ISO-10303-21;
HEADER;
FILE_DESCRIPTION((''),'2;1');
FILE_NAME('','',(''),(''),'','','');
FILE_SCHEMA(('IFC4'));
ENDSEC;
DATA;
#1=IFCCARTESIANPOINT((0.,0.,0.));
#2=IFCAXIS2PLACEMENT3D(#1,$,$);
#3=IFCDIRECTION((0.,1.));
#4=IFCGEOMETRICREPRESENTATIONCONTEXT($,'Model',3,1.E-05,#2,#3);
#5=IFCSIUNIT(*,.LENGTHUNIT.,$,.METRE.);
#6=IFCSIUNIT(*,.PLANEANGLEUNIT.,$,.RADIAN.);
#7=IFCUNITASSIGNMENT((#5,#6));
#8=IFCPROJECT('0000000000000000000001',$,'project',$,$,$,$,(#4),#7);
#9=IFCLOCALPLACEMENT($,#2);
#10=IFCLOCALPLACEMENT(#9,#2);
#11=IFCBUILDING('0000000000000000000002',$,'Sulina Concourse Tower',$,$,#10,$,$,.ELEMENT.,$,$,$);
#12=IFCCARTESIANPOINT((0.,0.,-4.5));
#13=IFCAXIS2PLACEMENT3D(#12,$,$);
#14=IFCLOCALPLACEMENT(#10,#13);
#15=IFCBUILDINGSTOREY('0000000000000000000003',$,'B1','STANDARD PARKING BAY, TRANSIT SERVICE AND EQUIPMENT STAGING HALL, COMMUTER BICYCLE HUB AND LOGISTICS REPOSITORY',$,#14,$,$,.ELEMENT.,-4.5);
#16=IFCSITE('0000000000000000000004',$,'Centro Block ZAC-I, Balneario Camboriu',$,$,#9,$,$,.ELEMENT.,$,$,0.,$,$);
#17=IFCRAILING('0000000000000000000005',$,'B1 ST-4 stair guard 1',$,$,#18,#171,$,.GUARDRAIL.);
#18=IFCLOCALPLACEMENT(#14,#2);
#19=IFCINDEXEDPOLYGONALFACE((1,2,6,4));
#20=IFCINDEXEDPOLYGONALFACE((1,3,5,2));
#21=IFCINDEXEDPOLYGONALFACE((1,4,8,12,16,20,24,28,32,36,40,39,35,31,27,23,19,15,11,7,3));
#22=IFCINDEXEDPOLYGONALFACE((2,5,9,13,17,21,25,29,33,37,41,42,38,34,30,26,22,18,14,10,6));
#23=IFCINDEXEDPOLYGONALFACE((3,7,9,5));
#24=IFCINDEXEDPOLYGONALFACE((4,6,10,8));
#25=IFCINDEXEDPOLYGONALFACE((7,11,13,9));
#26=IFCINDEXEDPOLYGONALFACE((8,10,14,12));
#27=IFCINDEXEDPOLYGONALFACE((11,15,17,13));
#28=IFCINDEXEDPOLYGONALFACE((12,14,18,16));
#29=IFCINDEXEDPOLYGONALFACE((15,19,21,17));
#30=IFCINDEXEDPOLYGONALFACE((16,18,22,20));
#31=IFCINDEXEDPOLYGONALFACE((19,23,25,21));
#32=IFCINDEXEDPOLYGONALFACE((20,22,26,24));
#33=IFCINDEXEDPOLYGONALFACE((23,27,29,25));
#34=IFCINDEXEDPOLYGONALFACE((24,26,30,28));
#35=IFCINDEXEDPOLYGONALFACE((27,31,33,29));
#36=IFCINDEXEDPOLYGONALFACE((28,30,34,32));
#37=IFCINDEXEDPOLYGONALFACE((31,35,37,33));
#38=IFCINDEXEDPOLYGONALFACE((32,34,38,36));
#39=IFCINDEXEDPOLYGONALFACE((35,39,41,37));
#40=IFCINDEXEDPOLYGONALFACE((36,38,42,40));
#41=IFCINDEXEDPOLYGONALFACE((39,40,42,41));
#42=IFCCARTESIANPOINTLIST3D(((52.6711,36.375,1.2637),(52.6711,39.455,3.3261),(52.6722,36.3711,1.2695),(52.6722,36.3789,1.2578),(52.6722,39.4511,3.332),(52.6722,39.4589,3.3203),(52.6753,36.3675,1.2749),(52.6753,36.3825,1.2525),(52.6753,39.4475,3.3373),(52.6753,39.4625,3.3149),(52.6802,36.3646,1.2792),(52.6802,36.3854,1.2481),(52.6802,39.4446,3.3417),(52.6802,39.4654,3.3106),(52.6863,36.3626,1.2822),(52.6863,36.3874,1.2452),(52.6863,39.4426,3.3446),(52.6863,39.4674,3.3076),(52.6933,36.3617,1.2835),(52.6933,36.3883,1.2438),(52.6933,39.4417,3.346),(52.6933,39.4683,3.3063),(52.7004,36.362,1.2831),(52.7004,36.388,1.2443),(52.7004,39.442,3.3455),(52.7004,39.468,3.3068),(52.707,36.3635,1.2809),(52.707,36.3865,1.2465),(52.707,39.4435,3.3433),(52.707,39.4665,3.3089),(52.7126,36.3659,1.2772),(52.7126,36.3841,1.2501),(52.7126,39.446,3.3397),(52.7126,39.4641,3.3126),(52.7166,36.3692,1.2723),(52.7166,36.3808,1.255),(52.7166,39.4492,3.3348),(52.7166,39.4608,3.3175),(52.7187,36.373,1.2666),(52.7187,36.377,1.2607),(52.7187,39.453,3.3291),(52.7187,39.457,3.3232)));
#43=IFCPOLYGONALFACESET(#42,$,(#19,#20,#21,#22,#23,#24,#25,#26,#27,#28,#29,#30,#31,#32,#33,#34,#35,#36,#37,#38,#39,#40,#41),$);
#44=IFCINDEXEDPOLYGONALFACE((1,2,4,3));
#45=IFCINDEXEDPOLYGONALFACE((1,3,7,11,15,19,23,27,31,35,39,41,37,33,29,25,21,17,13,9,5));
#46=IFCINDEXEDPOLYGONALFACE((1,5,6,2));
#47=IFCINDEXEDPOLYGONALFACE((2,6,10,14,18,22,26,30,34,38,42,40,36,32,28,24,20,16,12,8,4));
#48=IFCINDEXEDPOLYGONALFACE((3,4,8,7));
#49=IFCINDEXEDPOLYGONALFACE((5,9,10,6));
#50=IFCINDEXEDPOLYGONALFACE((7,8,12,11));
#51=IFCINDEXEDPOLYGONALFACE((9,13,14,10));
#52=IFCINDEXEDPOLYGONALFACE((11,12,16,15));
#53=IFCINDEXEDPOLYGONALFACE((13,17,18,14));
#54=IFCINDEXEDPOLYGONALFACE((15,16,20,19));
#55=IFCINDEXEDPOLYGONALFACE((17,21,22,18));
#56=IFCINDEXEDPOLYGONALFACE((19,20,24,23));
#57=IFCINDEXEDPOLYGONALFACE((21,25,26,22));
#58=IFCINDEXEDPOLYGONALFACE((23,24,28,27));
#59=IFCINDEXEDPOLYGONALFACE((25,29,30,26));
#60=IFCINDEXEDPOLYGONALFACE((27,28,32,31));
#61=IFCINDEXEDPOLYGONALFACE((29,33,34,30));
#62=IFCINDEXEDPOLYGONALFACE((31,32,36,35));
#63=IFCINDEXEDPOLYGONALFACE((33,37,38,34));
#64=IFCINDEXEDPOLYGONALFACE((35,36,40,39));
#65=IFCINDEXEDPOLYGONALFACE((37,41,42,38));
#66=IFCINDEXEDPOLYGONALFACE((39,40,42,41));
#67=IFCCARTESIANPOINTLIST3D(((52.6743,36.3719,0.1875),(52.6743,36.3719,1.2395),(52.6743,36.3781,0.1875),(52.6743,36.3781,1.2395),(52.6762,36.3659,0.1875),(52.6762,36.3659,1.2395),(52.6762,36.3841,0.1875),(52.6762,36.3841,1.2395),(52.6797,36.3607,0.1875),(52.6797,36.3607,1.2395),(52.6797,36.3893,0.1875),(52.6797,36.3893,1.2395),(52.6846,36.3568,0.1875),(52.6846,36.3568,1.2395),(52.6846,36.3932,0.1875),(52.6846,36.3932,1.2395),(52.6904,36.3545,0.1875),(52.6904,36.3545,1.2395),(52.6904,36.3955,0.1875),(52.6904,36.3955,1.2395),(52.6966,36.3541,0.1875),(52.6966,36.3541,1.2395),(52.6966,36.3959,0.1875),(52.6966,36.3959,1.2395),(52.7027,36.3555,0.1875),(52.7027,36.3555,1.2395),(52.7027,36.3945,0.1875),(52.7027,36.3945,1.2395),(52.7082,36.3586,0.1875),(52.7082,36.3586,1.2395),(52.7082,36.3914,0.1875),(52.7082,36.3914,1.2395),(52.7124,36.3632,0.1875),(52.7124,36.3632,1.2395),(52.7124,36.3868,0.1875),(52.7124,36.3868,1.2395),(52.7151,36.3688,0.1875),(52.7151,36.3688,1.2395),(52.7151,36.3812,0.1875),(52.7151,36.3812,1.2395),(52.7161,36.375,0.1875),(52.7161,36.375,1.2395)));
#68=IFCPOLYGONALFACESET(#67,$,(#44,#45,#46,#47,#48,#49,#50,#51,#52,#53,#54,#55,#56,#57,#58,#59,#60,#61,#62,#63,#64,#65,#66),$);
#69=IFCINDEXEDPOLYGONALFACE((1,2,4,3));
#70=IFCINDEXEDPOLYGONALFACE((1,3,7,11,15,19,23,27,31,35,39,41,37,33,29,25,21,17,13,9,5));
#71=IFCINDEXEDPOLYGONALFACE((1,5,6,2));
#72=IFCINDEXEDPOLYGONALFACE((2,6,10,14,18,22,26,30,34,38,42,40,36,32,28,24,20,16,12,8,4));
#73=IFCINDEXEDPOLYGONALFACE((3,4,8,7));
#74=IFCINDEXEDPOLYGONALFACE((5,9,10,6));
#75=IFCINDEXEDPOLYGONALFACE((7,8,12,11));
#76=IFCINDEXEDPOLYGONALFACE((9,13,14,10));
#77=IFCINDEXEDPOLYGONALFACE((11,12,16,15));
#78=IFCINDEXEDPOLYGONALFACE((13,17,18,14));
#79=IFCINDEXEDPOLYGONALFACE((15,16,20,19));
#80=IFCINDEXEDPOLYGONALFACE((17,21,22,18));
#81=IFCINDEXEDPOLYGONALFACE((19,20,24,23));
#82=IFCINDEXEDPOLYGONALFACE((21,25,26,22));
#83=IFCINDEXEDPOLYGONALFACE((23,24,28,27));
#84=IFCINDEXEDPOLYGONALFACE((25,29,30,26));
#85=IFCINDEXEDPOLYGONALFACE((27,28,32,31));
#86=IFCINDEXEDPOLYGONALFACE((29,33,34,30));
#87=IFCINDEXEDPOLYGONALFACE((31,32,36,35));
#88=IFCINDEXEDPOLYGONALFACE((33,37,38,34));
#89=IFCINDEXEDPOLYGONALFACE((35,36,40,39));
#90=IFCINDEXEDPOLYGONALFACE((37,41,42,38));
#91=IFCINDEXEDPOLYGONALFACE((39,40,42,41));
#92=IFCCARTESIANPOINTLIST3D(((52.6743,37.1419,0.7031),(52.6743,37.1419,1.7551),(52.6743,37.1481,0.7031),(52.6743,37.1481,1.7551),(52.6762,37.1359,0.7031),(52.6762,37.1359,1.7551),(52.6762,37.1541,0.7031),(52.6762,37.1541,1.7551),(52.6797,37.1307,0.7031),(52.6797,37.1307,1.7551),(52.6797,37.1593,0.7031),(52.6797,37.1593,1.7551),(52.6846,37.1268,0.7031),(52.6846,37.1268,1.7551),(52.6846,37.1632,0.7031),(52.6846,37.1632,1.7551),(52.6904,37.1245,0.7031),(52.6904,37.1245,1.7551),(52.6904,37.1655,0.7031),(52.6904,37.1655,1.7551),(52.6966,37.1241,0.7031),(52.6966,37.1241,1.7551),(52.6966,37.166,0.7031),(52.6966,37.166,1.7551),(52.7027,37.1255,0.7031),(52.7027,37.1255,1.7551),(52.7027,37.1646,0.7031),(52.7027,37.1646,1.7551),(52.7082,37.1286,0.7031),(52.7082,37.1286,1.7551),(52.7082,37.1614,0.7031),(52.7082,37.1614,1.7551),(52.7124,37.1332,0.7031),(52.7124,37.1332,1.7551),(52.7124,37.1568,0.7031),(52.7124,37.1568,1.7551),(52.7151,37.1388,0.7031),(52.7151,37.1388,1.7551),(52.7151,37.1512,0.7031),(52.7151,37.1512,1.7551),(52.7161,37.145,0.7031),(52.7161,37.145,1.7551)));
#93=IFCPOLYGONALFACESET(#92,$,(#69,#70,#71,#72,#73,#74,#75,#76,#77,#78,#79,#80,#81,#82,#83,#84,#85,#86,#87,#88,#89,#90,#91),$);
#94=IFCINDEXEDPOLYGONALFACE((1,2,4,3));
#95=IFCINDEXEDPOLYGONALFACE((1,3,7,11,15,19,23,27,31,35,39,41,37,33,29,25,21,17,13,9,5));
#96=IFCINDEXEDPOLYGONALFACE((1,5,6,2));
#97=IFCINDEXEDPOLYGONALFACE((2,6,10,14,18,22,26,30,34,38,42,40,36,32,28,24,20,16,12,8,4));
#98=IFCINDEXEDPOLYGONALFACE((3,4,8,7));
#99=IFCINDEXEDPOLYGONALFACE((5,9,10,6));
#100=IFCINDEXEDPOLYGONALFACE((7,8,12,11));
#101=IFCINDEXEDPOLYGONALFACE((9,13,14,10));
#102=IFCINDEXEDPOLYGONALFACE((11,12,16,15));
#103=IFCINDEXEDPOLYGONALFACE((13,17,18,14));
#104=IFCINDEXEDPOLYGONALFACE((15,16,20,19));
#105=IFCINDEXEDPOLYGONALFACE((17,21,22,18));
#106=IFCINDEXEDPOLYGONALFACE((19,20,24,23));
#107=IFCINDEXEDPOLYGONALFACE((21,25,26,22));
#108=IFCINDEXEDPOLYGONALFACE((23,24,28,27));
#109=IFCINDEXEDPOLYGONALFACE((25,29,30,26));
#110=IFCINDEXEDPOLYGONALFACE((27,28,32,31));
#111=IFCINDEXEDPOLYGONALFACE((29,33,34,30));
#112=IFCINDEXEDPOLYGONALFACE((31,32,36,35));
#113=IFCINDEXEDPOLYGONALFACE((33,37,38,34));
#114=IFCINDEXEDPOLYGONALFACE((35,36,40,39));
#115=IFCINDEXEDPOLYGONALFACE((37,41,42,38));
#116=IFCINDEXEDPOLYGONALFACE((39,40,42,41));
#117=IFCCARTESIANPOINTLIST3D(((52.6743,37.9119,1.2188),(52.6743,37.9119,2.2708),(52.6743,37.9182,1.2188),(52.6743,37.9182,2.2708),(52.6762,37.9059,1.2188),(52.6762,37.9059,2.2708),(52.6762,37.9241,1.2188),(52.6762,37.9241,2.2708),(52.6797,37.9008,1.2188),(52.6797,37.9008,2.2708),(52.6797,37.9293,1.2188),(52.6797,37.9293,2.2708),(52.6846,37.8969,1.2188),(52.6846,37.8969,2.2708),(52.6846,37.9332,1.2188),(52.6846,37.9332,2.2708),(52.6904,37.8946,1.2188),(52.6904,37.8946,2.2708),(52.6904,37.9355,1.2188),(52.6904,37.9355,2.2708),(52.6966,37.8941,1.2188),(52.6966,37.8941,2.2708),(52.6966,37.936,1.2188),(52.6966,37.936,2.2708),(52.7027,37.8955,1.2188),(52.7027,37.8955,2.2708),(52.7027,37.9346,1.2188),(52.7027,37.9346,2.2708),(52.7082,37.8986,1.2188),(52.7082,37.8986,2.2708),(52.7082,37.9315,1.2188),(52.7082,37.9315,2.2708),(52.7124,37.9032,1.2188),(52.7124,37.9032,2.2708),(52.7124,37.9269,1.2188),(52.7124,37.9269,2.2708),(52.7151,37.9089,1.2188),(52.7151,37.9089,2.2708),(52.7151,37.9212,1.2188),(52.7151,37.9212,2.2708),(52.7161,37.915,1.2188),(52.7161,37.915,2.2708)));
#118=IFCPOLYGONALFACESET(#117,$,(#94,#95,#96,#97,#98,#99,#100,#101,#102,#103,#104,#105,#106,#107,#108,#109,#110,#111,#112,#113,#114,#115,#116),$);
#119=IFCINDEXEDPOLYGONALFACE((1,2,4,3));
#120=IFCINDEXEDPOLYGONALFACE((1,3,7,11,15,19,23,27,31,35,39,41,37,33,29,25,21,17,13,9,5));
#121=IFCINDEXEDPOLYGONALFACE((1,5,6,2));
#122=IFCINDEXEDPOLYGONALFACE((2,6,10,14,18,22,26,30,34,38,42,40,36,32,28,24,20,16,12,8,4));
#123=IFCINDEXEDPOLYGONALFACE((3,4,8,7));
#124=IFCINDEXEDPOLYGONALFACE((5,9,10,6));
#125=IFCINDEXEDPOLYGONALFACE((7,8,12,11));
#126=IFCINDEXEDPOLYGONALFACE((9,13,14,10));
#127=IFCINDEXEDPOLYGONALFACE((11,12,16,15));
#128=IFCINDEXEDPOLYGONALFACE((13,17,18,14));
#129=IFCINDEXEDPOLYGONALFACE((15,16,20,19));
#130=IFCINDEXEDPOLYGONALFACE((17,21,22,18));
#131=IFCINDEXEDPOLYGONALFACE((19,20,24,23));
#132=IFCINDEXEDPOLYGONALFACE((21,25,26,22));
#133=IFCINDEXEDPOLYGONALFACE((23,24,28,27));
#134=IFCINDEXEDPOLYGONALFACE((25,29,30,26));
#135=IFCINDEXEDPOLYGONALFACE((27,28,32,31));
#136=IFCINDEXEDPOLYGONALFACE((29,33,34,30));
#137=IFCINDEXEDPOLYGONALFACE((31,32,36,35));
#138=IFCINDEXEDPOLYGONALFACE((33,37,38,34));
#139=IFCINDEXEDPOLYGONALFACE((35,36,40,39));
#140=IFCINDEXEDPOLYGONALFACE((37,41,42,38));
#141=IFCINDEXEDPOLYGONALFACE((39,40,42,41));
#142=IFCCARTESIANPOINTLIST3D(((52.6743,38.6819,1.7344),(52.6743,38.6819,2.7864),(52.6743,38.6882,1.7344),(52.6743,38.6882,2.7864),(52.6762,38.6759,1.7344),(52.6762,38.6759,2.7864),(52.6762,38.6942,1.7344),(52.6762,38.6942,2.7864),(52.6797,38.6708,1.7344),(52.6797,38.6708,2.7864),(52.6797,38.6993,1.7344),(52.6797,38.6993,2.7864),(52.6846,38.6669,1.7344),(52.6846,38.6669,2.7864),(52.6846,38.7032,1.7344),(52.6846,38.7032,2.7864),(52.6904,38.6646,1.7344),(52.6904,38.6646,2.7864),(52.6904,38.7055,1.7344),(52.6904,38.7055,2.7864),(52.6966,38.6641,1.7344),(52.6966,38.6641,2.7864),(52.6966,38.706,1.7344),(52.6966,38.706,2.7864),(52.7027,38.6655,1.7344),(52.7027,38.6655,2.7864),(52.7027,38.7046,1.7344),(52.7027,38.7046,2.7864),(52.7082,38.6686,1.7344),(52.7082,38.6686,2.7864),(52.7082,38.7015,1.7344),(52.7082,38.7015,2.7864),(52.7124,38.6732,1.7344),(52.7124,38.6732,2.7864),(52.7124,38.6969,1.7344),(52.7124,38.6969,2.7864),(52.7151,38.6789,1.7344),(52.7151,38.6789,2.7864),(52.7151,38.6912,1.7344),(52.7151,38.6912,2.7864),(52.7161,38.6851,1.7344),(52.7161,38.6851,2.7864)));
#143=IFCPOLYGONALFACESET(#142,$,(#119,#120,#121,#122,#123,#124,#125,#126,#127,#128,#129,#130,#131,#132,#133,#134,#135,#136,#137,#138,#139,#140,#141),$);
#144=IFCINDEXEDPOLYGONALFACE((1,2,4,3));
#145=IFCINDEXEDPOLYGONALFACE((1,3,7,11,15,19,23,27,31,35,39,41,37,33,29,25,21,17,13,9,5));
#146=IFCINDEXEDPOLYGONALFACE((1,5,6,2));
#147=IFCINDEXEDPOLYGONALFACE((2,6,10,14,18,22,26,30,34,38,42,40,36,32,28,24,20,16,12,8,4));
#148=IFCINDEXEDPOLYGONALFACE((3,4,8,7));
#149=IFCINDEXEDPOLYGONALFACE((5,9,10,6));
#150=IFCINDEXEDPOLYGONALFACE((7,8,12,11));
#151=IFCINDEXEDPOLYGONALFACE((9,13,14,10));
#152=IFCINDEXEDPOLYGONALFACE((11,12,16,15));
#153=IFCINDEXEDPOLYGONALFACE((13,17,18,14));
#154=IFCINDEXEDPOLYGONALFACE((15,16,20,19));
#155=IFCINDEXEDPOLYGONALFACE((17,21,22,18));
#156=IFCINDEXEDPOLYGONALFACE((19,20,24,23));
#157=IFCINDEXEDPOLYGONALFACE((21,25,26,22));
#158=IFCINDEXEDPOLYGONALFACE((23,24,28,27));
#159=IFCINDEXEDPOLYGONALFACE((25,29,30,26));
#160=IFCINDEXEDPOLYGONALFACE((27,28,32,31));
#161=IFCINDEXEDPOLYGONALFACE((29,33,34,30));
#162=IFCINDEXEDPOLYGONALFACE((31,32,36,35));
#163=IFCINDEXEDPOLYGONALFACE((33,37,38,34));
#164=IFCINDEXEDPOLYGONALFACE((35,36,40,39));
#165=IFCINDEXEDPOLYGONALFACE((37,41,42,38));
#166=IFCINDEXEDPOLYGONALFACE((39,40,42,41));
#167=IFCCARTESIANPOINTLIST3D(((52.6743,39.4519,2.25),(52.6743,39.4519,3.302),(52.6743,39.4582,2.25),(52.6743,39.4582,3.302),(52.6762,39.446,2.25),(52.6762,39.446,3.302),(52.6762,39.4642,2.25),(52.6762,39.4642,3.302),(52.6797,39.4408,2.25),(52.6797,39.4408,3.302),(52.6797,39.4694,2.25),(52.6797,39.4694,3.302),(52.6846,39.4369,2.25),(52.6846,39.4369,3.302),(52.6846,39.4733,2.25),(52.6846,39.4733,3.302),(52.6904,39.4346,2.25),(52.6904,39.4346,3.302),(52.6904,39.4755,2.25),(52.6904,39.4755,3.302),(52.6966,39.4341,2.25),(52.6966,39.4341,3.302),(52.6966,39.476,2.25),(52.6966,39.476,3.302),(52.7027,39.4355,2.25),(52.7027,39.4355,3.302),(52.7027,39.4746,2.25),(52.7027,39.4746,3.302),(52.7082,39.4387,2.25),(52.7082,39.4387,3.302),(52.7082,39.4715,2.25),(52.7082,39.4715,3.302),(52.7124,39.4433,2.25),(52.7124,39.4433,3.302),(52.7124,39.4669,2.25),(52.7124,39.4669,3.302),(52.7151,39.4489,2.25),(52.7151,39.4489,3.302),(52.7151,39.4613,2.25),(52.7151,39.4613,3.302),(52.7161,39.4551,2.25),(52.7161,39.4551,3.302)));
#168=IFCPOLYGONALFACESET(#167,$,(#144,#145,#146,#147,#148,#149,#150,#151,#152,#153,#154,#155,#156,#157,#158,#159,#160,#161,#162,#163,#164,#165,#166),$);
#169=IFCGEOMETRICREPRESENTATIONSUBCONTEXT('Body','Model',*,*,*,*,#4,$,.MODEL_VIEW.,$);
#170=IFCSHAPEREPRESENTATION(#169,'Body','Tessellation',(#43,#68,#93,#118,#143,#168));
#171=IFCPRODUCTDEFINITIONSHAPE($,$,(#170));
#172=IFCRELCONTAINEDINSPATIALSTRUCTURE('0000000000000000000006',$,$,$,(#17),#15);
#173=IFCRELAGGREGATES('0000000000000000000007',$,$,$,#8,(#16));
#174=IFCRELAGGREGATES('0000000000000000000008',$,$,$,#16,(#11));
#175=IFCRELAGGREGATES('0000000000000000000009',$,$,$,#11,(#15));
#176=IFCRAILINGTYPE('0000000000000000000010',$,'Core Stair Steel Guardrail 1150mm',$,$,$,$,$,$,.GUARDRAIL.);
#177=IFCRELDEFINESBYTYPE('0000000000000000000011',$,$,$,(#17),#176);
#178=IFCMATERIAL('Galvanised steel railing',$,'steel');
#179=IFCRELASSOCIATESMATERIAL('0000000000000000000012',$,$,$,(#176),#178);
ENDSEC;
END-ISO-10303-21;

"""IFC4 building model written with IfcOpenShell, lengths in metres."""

from ifc_helpers import new_model, si_unit, direction, frame, origin, origin_2d, place, context, subcontext, project, spatial, circle, extrude, material, type_object, element, save


model = new_model("IFC4")

# Units and contexts
model_context = context("Model", 3, precision=1e-05, world=origin(), true_north=direction((0.0, 1.0)))
body_context = subcontext(model_context, "Body", "Model", "MODEL_VIEW")
ifc_project = project(units=[si_unit("LENGTHUNIT", "METRE"), si_unit("PLANEANGLEUNIT", "RADIAN")], contexts=[model_context])

# Site, building, storey
site_placement = place(None, origin())
site = spatial("IfcSite", under=ifc_project, at=site_placement, Name="Centro Block ZAC-I, Balneario Camboriu", CompositionType="ELEMENT", RefElevation=0.0)
building_placement = place(site_placement, origin())
building = spatial("IfcBuilding", under=site, at=building_placement, Name="Sulina Concourse Tower", CompositionType="ELEMENT")
storey_placement = place(building_placement, frame((0.0, 0.0, -4.5)))
storey = spatial("IfcBuildingStorey", under=building, at=storey_placement, Name="B1", Description="STANDARD PARKING BAY, TRANSIT SERVICE AND EQUIPMENT STAGING HALL, COMMUTER BICYCLE HUB AND LOGISTICS REPOSITORY", CompositionType="ELEMENT", Elevation=-4.5)

# Railing
ifc_material_1 = material(Name="Galvanised steel railing", Category="steel")
railing_type_1 = type_object("IfcRailingType", Name="Core Stair Steel Guardrail 1150mm", PredefinedType="GUARDRAIL", material=ifc_material_1)
for number, where, name in (
    (1, (52.6951, 36.375, 0.1875), "B1 ST-4 stair guard 1"),
):
    element("IfcRailing", number, at=place(storey_placement, frame(where)), inside=storey, type_object=railing_type_1, Name=name, PredefinedType="GUARDRAIL", context=body_context, shape_type="SweptSolid", body=[
        extrude(circle(Radius=0.0239, at=origin_2d()), frame((0.0, 0.0, 1.0762), z_axis=(0.0, 0.830914, 0.556401), x_axis=(-1.0, 0.0, 0.0)), (0.0, 0.0, 1.0), 3.7068),
        extrude(circle(Radius=0.021, at=origin_2d()), origin(), (0.0, 0.0, 1.0), 1.052),
        extrude(circle(Radius=0.021, at=origin_2d()), frame((0.0, 0.77, 0.5156)), (0.0, 0.0, 1.0), 1.052),
        extrude(circle(Radius=0.021, at=origin_2d()), frame((0.0, 1.54, 1.0312)), (0.0, 0.0, 1.0), 1.052),
        extrude(circle(Radius=0.021, at=origin_2d()), frame((0.0, 2.3101, 1.5469)), (0.0, 0.0, 1.0), 1.052),
        extrude(circle(Radius=0.021, at=origin_2d()), frame((0.0, 3.0801, 2.0625)), (0.0, 0.0, 1.0), 1.052),
    ])

save(model, "model.ifc")
